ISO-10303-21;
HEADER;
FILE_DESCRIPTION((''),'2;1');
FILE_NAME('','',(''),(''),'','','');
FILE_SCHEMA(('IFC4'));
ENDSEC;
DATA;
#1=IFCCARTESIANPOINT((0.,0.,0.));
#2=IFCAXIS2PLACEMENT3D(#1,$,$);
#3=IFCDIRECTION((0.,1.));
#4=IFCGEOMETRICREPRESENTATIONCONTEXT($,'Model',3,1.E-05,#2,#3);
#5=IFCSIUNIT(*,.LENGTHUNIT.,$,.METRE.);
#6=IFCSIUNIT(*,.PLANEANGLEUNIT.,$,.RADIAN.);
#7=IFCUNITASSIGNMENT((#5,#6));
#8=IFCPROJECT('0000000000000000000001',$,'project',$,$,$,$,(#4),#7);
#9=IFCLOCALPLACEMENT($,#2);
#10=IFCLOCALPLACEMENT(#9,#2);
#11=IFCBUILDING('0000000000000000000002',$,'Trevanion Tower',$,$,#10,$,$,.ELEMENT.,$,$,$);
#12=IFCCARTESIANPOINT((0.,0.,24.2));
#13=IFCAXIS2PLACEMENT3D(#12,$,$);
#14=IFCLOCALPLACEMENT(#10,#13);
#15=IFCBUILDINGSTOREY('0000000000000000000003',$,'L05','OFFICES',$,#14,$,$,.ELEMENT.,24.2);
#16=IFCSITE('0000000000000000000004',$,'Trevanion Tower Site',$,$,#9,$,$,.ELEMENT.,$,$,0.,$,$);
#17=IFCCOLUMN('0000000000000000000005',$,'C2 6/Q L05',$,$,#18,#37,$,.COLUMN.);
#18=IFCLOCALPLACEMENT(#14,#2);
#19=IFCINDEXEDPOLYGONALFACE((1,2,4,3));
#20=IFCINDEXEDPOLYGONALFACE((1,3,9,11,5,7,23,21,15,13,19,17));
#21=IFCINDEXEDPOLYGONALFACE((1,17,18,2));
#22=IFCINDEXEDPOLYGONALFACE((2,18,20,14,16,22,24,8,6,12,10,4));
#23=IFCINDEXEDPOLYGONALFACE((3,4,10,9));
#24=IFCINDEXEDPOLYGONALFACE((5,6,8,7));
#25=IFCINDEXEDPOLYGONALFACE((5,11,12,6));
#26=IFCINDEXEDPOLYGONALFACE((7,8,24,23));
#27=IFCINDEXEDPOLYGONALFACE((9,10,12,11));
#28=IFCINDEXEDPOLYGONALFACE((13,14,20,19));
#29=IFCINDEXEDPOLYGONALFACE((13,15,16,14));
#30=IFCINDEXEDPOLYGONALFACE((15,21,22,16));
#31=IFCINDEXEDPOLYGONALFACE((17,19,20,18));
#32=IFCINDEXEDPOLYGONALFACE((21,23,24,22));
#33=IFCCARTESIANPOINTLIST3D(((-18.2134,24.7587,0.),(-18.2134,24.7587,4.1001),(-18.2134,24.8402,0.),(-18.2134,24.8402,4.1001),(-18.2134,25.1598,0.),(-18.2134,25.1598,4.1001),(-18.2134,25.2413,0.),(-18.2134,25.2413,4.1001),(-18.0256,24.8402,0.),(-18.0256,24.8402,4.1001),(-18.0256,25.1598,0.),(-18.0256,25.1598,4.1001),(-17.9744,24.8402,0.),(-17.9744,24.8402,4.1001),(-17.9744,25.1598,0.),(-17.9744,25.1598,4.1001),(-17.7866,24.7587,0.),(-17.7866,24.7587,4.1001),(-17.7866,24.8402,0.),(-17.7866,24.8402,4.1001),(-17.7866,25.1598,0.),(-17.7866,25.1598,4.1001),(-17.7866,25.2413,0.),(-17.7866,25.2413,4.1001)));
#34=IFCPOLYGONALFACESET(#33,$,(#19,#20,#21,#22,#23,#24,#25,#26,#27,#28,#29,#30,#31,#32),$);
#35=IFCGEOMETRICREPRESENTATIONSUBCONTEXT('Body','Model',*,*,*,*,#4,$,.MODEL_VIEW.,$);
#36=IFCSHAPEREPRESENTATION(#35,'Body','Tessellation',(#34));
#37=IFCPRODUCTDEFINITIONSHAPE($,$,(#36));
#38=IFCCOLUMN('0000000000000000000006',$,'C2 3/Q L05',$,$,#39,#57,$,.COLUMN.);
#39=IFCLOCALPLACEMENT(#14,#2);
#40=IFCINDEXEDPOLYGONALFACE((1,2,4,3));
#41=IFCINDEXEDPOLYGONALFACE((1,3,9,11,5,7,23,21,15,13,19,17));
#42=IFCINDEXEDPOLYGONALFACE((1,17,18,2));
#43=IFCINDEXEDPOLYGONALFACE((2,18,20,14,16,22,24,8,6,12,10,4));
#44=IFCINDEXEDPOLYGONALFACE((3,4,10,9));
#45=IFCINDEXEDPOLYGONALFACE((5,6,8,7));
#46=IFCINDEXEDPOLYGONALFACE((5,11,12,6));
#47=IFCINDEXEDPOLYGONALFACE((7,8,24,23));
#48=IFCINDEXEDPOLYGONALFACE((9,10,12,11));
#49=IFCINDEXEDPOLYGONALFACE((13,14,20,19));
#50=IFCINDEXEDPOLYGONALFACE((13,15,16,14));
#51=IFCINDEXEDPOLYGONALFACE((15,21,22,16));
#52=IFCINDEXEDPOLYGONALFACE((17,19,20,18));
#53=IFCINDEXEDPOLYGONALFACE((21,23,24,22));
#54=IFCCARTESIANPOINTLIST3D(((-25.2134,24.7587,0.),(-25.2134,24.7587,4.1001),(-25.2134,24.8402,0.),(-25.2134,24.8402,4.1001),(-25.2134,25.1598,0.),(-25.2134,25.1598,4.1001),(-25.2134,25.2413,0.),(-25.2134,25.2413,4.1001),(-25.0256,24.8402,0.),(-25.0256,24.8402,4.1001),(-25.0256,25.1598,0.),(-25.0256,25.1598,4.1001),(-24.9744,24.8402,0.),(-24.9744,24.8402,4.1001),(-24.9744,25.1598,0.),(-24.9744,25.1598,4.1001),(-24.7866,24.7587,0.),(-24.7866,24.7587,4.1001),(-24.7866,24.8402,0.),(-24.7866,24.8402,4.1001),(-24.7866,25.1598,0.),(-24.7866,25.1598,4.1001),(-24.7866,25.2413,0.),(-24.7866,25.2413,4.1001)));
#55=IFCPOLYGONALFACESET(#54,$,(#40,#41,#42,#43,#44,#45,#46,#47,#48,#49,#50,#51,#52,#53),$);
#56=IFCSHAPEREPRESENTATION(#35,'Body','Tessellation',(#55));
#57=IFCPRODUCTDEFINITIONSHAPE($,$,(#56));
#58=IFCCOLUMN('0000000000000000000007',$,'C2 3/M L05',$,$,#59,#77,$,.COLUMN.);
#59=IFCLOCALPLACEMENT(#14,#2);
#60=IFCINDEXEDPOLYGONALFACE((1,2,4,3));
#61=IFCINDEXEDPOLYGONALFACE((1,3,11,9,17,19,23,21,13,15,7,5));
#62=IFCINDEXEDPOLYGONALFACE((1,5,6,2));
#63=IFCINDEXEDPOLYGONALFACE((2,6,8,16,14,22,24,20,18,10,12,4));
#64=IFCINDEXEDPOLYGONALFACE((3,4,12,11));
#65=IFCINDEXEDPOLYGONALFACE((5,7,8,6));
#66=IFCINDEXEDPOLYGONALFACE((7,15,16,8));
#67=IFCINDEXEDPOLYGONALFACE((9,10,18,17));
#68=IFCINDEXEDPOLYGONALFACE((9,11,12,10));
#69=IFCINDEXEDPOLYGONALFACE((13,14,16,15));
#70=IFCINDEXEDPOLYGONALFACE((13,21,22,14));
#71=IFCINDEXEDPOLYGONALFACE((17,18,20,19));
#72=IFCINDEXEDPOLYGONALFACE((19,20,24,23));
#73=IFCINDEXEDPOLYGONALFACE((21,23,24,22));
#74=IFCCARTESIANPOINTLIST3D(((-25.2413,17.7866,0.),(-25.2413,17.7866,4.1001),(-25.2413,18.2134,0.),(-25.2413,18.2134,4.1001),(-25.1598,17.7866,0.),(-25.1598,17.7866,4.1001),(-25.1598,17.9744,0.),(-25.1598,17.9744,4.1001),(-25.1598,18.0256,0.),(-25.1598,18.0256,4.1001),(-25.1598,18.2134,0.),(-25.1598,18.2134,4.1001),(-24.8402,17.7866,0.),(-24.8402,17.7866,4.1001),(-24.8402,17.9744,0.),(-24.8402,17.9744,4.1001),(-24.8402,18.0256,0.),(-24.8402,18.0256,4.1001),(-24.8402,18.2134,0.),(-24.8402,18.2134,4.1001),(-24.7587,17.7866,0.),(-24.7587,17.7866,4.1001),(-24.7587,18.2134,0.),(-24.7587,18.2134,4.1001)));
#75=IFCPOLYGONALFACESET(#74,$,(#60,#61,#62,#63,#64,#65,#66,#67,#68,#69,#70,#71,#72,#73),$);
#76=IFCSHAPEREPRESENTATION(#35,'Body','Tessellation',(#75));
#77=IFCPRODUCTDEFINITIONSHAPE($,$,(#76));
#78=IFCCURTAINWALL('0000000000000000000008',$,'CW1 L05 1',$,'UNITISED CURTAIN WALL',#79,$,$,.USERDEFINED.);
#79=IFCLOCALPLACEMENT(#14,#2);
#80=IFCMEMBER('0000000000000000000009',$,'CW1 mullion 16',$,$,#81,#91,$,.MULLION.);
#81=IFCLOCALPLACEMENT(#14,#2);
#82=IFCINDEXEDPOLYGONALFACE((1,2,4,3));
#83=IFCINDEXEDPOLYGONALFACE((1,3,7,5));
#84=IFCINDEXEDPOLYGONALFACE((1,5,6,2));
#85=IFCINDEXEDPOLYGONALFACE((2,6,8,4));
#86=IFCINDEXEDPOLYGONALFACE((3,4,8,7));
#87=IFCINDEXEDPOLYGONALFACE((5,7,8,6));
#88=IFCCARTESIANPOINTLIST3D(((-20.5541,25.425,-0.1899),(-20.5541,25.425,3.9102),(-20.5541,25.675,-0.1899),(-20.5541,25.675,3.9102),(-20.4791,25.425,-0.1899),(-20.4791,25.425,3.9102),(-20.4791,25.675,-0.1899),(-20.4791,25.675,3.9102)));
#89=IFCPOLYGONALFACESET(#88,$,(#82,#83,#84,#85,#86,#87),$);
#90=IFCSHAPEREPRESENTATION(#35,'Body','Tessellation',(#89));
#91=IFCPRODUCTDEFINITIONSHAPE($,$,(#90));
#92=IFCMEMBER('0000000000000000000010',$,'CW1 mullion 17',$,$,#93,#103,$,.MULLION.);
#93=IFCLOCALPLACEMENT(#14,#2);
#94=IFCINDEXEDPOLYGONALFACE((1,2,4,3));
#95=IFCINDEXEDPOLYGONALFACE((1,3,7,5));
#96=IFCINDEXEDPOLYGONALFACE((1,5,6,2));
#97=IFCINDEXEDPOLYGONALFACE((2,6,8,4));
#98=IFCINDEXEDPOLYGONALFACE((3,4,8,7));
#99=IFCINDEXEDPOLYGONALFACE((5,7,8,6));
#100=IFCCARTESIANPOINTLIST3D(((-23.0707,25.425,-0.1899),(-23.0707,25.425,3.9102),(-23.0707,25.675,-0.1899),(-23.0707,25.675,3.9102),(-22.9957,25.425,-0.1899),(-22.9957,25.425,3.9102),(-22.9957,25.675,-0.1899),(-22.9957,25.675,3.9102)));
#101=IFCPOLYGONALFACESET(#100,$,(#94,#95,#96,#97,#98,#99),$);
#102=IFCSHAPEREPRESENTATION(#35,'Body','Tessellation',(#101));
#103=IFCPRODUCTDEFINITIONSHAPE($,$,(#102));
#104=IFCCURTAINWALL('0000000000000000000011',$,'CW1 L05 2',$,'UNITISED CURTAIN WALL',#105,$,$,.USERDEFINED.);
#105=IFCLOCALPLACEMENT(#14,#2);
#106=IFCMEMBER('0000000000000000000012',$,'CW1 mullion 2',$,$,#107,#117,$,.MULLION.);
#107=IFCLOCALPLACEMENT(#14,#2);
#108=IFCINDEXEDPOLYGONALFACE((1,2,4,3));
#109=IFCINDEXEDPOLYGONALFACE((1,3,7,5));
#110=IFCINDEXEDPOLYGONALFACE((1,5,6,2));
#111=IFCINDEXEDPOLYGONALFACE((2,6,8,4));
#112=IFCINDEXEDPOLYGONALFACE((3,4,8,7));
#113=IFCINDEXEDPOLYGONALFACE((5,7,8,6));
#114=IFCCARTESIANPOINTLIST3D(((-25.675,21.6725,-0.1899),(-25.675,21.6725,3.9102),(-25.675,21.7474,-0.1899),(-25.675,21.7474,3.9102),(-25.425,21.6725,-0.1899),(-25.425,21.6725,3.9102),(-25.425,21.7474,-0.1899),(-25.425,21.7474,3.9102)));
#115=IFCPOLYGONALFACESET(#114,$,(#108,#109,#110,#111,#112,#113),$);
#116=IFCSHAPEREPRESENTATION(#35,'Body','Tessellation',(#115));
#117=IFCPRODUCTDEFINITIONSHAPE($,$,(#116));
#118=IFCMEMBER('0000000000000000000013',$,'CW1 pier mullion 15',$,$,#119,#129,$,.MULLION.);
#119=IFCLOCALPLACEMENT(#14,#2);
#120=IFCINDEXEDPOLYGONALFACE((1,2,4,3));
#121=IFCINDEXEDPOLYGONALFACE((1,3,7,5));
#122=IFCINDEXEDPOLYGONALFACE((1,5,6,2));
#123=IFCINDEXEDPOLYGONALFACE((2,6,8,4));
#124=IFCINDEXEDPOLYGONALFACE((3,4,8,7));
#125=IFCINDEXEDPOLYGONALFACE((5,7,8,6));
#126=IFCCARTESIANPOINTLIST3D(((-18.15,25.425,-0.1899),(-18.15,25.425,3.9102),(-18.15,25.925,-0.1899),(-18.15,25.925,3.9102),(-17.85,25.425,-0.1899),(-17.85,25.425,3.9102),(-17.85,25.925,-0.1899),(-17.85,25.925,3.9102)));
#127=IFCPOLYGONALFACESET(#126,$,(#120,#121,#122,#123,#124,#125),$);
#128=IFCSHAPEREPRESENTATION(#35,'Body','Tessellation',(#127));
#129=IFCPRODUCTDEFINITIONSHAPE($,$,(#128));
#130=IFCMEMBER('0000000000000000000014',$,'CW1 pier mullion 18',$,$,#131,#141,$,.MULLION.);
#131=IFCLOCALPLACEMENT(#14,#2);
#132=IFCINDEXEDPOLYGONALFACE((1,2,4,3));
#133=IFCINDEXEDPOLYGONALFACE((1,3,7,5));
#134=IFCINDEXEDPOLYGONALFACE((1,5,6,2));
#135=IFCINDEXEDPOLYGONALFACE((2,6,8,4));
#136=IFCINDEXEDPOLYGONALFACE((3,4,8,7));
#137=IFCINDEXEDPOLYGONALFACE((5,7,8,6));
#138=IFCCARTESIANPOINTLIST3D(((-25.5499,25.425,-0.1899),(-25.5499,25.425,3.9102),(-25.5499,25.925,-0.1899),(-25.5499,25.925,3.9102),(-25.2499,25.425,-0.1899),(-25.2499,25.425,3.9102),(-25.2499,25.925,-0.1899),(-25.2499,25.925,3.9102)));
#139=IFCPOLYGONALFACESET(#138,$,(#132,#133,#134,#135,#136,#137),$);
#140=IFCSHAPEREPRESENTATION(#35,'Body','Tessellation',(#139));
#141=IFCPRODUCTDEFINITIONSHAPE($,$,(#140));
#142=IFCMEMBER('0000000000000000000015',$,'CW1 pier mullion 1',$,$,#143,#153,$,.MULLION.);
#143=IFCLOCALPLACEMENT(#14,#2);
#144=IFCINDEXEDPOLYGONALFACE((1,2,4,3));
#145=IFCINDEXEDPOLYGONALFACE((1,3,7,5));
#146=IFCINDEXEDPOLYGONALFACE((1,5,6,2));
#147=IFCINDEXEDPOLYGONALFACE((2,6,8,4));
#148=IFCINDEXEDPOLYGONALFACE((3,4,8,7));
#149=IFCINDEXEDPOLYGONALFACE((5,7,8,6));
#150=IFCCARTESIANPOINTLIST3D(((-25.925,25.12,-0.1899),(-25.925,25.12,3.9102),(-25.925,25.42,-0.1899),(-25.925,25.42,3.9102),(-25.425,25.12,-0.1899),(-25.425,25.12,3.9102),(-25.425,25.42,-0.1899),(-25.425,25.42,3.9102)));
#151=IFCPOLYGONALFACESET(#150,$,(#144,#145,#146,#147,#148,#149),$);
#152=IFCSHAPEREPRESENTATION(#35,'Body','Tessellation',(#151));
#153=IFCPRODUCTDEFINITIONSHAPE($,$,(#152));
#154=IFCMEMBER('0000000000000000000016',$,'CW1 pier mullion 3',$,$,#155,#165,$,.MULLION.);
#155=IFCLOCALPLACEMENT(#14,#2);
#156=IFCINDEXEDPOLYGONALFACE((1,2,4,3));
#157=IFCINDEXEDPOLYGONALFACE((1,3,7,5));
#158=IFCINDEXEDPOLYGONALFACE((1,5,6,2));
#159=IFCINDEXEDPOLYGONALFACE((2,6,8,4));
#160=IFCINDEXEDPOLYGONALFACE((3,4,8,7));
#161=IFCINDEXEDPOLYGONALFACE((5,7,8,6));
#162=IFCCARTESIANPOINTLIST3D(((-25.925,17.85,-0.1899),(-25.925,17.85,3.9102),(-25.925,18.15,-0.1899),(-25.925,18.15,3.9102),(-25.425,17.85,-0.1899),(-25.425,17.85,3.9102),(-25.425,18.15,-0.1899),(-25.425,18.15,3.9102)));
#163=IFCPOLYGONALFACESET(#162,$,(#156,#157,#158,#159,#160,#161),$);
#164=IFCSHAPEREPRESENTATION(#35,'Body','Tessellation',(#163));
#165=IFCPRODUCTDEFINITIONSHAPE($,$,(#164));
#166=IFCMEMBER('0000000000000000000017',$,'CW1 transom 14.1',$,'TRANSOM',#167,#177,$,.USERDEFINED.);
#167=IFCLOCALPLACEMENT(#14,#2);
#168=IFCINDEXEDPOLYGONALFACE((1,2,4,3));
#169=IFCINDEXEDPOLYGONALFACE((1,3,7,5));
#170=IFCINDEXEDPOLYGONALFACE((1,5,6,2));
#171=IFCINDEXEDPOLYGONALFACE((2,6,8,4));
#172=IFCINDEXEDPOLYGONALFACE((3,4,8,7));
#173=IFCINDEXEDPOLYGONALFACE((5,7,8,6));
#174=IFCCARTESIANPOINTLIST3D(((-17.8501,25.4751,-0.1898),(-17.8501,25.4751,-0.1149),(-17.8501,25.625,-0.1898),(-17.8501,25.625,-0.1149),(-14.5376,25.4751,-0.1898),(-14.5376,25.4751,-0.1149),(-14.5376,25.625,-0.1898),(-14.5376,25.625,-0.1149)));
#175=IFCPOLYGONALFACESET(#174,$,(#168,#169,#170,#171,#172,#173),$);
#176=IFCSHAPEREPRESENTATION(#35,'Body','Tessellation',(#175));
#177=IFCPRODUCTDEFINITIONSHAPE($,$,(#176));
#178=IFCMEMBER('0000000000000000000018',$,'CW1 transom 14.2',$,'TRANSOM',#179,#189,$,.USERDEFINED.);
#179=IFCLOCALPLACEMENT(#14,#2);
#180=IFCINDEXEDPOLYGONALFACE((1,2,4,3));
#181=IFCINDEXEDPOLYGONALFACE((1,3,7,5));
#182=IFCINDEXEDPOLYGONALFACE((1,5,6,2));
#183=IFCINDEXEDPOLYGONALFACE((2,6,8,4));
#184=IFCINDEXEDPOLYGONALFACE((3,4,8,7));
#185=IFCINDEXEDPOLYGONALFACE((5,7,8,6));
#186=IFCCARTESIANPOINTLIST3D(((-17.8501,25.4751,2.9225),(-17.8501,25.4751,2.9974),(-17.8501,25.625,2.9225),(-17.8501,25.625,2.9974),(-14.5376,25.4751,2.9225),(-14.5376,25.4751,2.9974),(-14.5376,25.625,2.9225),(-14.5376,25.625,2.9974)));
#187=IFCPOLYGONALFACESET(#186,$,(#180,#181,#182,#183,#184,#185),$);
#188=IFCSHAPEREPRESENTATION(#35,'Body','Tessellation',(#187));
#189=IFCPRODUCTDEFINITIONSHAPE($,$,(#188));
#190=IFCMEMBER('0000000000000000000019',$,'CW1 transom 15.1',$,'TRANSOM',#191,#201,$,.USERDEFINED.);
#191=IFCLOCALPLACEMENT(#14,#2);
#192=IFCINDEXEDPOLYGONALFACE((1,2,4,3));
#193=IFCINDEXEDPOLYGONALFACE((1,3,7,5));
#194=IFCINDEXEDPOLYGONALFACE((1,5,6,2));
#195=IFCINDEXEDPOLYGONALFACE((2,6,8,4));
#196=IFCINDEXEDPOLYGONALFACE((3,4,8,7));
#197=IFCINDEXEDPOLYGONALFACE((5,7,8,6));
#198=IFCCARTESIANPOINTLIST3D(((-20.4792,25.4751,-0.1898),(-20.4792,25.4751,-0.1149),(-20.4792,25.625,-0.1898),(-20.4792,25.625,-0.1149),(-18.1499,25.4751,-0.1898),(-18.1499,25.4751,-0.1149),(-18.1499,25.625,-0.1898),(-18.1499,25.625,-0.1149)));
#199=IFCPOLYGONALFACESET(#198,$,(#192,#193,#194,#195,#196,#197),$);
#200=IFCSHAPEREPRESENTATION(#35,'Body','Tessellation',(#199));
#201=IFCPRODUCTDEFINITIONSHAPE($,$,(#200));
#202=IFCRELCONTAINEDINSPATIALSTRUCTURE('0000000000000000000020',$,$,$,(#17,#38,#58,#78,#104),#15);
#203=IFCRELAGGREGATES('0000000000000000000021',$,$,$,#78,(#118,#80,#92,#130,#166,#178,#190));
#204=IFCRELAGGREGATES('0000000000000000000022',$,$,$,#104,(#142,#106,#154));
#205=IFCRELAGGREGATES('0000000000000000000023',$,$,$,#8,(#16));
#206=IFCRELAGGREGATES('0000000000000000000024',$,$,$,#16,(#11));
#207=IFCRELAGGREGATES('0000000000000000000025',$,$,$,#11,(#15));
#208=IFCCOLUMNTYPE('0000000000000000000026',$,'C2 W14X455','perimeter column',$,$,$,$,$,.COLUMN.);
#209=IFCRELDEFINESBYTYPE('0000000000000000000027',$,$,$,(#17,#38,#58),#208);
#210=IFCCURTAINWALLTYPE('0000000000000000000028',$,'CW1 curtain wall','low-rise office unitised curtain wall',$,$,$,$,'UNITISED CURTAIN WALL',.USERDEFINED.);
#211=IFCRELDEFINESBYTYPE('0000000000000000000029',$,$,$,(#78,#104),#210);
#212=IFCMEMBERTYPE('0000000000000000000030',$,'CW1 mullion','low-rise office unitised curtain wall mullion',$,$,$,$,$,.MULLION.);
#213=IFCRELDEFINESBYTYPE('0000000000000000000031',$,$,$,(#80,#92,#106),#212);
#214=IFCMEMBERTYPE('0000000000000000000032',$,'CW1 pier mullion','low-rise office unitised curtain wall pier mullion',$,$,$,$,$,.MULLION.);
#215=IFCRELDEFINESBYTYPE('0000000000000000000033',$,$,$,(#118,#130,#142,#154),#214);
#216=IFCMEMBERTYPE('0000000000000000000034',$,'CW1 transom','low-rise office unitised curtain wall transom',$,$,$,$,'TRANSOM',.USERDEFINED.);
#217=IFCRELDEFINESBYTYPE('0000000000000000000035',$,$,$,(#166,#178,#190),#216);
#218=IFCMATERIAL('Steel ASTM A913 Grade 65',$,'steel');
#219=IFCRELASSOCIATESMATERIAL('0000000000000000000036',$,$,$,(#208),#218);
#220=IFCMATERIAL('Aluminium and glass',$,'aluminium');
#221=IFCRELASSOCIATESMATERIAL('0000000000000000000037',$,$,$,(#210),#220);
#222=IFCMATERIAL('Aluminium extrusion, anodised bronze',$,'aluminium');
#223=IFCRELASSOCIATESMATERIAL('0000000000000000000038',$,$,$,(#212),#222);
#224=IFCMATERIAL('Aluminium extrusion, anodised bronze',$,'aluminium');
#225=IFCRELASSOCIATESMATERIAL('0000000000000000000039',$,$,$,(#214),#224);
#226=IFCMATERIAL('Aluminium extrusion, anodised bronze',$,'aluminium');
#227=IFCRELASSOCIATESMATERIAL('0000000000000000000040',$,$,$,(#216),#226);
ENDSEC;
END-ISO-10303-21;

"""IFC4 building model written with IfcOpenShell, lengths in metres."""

from ifc_helpers import new_model, si_unit, direction, frame, origin, origin_2d, place, context, subcontext, project, spatial, rectangle, i_section, extrude, material, material_profile, profile_set, type_object, element, aggregate, save


model = new_model("IFC4")

# Units and contexts
model_context = context("Model", 3, precision=1e-05, world=origin(), true_north=direction((0.0, 1.0)))
body_context = subcontext(model_context, "Body", "Model", "MODEL_VIEW")
ifc_project = project(units=[si_unit("LENGTHUNIT", "METRE"), si_unit("PLANEANGLEUNIT", "RADIAN")], contexts=[model_context])

# Site, building, storey
site_placement = place(None, origin())
site = spatial("IfcSite", under=ifc_project, at=site_placement, Name="Trevanion Tower Site", CompositionType="ELEMENT", RefElevation=0.0)
building_placement = place(site_placement, origin())
building = spatial("IfcBuilding", under=site, at=building_placement, Name="Trevanion Tower", CompositionType="ELEMENT")
storey_placement = place(building_placement, frame((0.0, 0.0, 24.2)))
storey = spatial("IfcBuildingStorey", under=building, at=storey_placement, Name="L05", Description="OFFICES", CompositionType="ELEMENT", Elevation=24.2)

# Columns
ifc_material_1 = material(Name="Steel ASTM A913 Grade 65", Category="steel")
ifc_material_profile_1 = material_profile(ifc_material_1, i_section(OverallWidth=0.4268, OverallDepth=0.4827, WebThickness=0.0513, FlangeThickness=0.0815, at=origin_2d()), Name="W14X455")
ifc_profile_set_1 = profile_set([ifc_material_profile_1], Name="Steel ASTM A913 Grade 65")
column_type = type_object("IfcColumnType", Name="C2 W14X455", Description="perimeter column", PredefinedType="COLUMN", material=ifc_profile_set_1)
for number, where, z_axis, x_axis, name in (
    (1, (-18.0, 25.0, 0.0), (0.0, 0.0, 1.0), (1.0, 0.0, 0.0), "C2 6/Q L05"),
    (2, (-25.0, 25.0, 0.0), (0.0, 0.0, 1.0), (1.0, 0.0, 0.0), "C2 3/Q L05"),
    (3, (-25.0, 18.0, 0.0), (0.0, 0.0, 1.0), (0.0, 1.0, 0.0), "C2 3/M L05"),
):
    element("IfcColumn", number, at=place(storey_placement, frame(where, z_axis=z_axis, x_axis=x_axis)), inside=storey, type_object=column_type, Name=name, PredefinedType="COLUMN", context=body_context, shape_type="SweptSolid", body=[
        extrude(i_section(OverallWidth=0.4268, OverallDepth=0.4827, WebThickness=0.0513, FlangeThickness=0.0815, at=origin_2d()), origin(), (0.0, 0.0, 1.0), 4.1001),
    ])

# Curtain wall, members
ifc_material_2 = material(Name="Aluminium and glass", Category="aluminium")
curtain_wall_type = type_object("IfcCurtainWallType", Name="CW1 curtain wall", Description="low-rise office unitised curtain wall", ElementType="UNITISED CURTAIN WALL", PredefinedType="USERDEFINED", material=ifc_material_2)
curtain_wall_1_placement = place(storey_placement, origin())
curtain_wall_1 = element("IfcCurtainWall", 4, at=curtain_wall_1_placement, inside=storey, type_object=curtain_wall_type, Name="CW1 L05 1", ObjectType="UNITISED CURTAIN WALL", PredefinedType="USERDEFINED")
ifc_material_3 = material(Name="Aluminium extrusion, anodised bronze", Category="aluminium")
ifc_material_profile_2 = material_profile(ifc_material_3, rectangle(XDim=0.075, YDim=0.25, at=origin_2d()), Name="CW1 mullion")
ifc_profile_set_2 = profile_set([ifc_material_profile_2], Name="Aluminium extrusion, anodised bronze")
member_type_1 = type_object("IfcMemberType", Name="CW1 mullion", Description="low-rise office unitised curtain wall mullion", PredefinedType="MULLION", material=ifc_profile_set_2)
member_1_placement = place(storey_placement, frame((-20.5166, 25.55, -0.1899), z_axis=(0.0, 0.0, 1.0), x_axis=(-1.0, 0.0, 0.0)))
member_1 = element("IfcMember", 5, at=member_1_placement, type_object=member_type_1, Name="CW1 mullion 16", PredefinedType="MULLION", context=body_context, shape_type="SweptSolid", body=[
    extrude(rectangle(XDim=0.075, YDim=0.25, at=origin_2d()), origin(), (0.0, 0.0, 1.0), 4.1001),
])
member_2_placement = place(storey_placement, frame((-23.0332, 25.55, -0.1899), z_axis=(0.0, 0.0, 1.0), x_axis=(-1.0, 0.0, 0.0)))
member_2 = element("IfcMember", 6, at=member_2_placement, type_object=member_type_1, Name="CW1 mullion 17", PredefinedType="MULLION", context=body_context, shape_type="SweptSolid", body=[
    extrude(rectangle(XDim=0.075, YDim=0.25, at=origin_2d()), origin(), (0.0, 0.0, 1.0), 4.1001),
])

# Curtain wall, member
curtain_wall_2_placement = place(storey_placement, origin())
curtain_wall_2 = element("IfcCurtainWall", 7, at=curtain_wall_2_placement, inside=storey, type_object=curtain_wall_type, Name="CW1 L05 2", ObjectType="UNITISED CURTAIN WALL", PredefinedType="USERDEFINED")
member_3_placement = place(storey_placement, frame((-25.55, 21.71, -0.1899), z_axis=(0.0, 0.0, 1.0), x_axis=(0.0, -1.0, 0.0)))
member_3 = element("IfcMember", 8, at=member_3_placement, type_object=member_type_1, Name="CW1 mullion 2", PredefinedType="MULLION", context=body_context, shape_type="SweptSolid", body=[
    extrude(rectangle(XDim=0.075, YDim=0.25, at=origin_2d()), origin(), (0.0, 0.0, 1.0), 4.1001),
])

# Members
ifc_material_4 = material(Name="Aluminium extrusion, anodised bronze", Category="aluminium")
ifc_material_profile_3 = material_profile(ifc_material_4, rectangle(XDim=0.3, YDim=0.5, at=origin_2d()), Name="CW1 pier mullion")
ifc_profile_set_3 = profile_set([ifc_material_profile_3], Name="Aluminium extrusion, anodised bronze")
member_type_2 = type_object("IfcMemberType", Name="CW1 pier mullion", Description="low-rise office unitised curtain wall pier mullion", PredefinedType="MULLION", material=ifc_profile_set_3)
member_4_placement = place(storey_placement, frame((-18.0, 25.675, -0.1899), z_axis=(0.0, 0.0, 1.0), x_axis=(-1.0, 0.0, 0.0)))
member_4 = element("IfcMember", 9, at=member_4_placement, type_object=member_type_2, Name="CW1 pier mullion 15", PredefinedType="MULLION", context=body_context, shape_type="SweptSolid", body=[
    extrude(rectangle(XDim=0.3, YDim=0.5, at=origin_2d()), origin(), (0.0, 0.0, 1.0), 4.1001),
])
member_5_placement = place(storey_placement, frame((-25.3999, 25.675, -0.1899), z_axis=(0.0, 0.0, 1.0), x_axis=(-1.0, 0.0, 0.0)))
member_5 = element("IfcMember", 10, at=member_5_placement, type_object=member_type_2, Name="CW1 pier mullion 18", PredefinedType="MULLION", context=body_context, shape_type="SweptSolid", body=[
    extrude(rectangle(XDim=0.3, YDim=0.5, at=origin_2d()), origin(), (0.0, 0.0, 1.0), 4.1001),
])
member_6_placement = place(storey_placement, frame((-25.675, 25.27, -0.1899), z_axis=(0.0, 0.0, 1.0), x_axis=(0.0, -1.0, 0.0)))
member_6 = element("IfcMember", 11, at=member_6_placement, type_object=member_type_2, Name="CW1 pier mullion 1", PredefinedType="MULLION", context=body_context, shape_type="SweptSolid", body=[
    extrude(rectangle(XDim=0.3, YDim=0.5, at=origin_2d()), origin(), (0.0, 0.0, 1.0), 4.1001),
])
member_7_placement = place(storey_placement, frame((-25.675, 18.0, -0.1899), z_axis=(0.0, 0.0, 1.0), x_axis=(0.0, -1.0, 0.0)))
member_7 = element("IfcMember", 12, at=member_7_placement, type_object=member_type_2, Name="CW1 pier mullion 3", PredefinedType="MULLION", context=body_context, shape_type="SweptSolid", body=[
    extrude(rectangle(XDim=0.3, YDim=0.5, at=origin_2d()), origin(), (0.0, 0.0, 1.0), 4.1001),
])
ifc_material_5 = material(Name="Aluminium extrusion, anodised bronze", Category="aluminium")
ifc_material_profile_4 = material_profile(ifc_material_5, rectangle(XDim=0.1499, YDim=0.075, at=origin_2d()), Name="CW1 transom")
ifc_profile_set_4 = profile_set([ifc_material_profile_4], Name="Aluminium extrusion, anodised bronze")
member_type_3 = type_object("IfcMemberType", Name="CW1 transom", Description="low-rise office unitised curtain wall transom", ElementType="TRANSOM", PredefinedType="USERDEFINED", material=ifc_profile_set_4)
member_8_placement = place(storey_placement, frame((-14.5376, 25.55, -0.1523), z_axis=(-1.0, 0.0, 0.0), x_axis=(0.0, -1.0, 0.0)))
member_8 = element("IfcMember", 13, at=member_8_placement, type_object=member_type_3, Name="CW1 transom 14.1", ObjectType="TRANSOM", PredefinedType="USERDEFINED", context=body_context, shape_type="SweptSolid", body=[
    extrude(rectangle(XDim=0.1499, YDim=0.075, at=origin_2d()), origin(), (0.0, 0.0, 1.0), 3.3125),
])
member_9_placement = place(storey_placement, frame((-14.5376, 25.55, 2.96), z_axis=(-1.0, 0.0, 0.0), x_axis=(0.0, -1.0, 0.0)))
member_9 = element("IfcMember", 14, at=member_9_placement, type_object=member_type_3, Name="CW1 transom 14.2", ObjectType="TRANSOM", PredefinedType="USERDEFINED", context=body_context, shape_type="SweptSolid", body=[
    extrude(rectangle(XDim=0.1499, YDim=0.075, at=origin_2d()), origin(), (0.0, 0.0, 1.0), 3.3125),
])
member_10_placement = place(storey_placement, frame((-18.1499, 25.55, -0.1523), z_axis=(-1.0, 0.0, 0.0), x_axis=(0.0, -1.0, 0.0)))
member_10 = element("IfcMember", 15, at=member_10_placement, type_object=member_type_3, Name="CW1 transom 15.1", ObjectType="TRANSOM", PredefinedType="USERDEFINED", context=body_context, shape_type="SweptSolid", body=[
    extrude(rectangle(XDim=0.1499, YDim=0.075, at=origin_2d()), origin(), (0.0, 0.0, 1.0), 2.3293),
])

aggregate(curtain_wall_1, [member_4, member_1, member_2, member_5, member_8, member_9, member_10])
aggregate(curtain_wall_2, [member_6, member_3, member_7])

save(model, "model.ifc")
